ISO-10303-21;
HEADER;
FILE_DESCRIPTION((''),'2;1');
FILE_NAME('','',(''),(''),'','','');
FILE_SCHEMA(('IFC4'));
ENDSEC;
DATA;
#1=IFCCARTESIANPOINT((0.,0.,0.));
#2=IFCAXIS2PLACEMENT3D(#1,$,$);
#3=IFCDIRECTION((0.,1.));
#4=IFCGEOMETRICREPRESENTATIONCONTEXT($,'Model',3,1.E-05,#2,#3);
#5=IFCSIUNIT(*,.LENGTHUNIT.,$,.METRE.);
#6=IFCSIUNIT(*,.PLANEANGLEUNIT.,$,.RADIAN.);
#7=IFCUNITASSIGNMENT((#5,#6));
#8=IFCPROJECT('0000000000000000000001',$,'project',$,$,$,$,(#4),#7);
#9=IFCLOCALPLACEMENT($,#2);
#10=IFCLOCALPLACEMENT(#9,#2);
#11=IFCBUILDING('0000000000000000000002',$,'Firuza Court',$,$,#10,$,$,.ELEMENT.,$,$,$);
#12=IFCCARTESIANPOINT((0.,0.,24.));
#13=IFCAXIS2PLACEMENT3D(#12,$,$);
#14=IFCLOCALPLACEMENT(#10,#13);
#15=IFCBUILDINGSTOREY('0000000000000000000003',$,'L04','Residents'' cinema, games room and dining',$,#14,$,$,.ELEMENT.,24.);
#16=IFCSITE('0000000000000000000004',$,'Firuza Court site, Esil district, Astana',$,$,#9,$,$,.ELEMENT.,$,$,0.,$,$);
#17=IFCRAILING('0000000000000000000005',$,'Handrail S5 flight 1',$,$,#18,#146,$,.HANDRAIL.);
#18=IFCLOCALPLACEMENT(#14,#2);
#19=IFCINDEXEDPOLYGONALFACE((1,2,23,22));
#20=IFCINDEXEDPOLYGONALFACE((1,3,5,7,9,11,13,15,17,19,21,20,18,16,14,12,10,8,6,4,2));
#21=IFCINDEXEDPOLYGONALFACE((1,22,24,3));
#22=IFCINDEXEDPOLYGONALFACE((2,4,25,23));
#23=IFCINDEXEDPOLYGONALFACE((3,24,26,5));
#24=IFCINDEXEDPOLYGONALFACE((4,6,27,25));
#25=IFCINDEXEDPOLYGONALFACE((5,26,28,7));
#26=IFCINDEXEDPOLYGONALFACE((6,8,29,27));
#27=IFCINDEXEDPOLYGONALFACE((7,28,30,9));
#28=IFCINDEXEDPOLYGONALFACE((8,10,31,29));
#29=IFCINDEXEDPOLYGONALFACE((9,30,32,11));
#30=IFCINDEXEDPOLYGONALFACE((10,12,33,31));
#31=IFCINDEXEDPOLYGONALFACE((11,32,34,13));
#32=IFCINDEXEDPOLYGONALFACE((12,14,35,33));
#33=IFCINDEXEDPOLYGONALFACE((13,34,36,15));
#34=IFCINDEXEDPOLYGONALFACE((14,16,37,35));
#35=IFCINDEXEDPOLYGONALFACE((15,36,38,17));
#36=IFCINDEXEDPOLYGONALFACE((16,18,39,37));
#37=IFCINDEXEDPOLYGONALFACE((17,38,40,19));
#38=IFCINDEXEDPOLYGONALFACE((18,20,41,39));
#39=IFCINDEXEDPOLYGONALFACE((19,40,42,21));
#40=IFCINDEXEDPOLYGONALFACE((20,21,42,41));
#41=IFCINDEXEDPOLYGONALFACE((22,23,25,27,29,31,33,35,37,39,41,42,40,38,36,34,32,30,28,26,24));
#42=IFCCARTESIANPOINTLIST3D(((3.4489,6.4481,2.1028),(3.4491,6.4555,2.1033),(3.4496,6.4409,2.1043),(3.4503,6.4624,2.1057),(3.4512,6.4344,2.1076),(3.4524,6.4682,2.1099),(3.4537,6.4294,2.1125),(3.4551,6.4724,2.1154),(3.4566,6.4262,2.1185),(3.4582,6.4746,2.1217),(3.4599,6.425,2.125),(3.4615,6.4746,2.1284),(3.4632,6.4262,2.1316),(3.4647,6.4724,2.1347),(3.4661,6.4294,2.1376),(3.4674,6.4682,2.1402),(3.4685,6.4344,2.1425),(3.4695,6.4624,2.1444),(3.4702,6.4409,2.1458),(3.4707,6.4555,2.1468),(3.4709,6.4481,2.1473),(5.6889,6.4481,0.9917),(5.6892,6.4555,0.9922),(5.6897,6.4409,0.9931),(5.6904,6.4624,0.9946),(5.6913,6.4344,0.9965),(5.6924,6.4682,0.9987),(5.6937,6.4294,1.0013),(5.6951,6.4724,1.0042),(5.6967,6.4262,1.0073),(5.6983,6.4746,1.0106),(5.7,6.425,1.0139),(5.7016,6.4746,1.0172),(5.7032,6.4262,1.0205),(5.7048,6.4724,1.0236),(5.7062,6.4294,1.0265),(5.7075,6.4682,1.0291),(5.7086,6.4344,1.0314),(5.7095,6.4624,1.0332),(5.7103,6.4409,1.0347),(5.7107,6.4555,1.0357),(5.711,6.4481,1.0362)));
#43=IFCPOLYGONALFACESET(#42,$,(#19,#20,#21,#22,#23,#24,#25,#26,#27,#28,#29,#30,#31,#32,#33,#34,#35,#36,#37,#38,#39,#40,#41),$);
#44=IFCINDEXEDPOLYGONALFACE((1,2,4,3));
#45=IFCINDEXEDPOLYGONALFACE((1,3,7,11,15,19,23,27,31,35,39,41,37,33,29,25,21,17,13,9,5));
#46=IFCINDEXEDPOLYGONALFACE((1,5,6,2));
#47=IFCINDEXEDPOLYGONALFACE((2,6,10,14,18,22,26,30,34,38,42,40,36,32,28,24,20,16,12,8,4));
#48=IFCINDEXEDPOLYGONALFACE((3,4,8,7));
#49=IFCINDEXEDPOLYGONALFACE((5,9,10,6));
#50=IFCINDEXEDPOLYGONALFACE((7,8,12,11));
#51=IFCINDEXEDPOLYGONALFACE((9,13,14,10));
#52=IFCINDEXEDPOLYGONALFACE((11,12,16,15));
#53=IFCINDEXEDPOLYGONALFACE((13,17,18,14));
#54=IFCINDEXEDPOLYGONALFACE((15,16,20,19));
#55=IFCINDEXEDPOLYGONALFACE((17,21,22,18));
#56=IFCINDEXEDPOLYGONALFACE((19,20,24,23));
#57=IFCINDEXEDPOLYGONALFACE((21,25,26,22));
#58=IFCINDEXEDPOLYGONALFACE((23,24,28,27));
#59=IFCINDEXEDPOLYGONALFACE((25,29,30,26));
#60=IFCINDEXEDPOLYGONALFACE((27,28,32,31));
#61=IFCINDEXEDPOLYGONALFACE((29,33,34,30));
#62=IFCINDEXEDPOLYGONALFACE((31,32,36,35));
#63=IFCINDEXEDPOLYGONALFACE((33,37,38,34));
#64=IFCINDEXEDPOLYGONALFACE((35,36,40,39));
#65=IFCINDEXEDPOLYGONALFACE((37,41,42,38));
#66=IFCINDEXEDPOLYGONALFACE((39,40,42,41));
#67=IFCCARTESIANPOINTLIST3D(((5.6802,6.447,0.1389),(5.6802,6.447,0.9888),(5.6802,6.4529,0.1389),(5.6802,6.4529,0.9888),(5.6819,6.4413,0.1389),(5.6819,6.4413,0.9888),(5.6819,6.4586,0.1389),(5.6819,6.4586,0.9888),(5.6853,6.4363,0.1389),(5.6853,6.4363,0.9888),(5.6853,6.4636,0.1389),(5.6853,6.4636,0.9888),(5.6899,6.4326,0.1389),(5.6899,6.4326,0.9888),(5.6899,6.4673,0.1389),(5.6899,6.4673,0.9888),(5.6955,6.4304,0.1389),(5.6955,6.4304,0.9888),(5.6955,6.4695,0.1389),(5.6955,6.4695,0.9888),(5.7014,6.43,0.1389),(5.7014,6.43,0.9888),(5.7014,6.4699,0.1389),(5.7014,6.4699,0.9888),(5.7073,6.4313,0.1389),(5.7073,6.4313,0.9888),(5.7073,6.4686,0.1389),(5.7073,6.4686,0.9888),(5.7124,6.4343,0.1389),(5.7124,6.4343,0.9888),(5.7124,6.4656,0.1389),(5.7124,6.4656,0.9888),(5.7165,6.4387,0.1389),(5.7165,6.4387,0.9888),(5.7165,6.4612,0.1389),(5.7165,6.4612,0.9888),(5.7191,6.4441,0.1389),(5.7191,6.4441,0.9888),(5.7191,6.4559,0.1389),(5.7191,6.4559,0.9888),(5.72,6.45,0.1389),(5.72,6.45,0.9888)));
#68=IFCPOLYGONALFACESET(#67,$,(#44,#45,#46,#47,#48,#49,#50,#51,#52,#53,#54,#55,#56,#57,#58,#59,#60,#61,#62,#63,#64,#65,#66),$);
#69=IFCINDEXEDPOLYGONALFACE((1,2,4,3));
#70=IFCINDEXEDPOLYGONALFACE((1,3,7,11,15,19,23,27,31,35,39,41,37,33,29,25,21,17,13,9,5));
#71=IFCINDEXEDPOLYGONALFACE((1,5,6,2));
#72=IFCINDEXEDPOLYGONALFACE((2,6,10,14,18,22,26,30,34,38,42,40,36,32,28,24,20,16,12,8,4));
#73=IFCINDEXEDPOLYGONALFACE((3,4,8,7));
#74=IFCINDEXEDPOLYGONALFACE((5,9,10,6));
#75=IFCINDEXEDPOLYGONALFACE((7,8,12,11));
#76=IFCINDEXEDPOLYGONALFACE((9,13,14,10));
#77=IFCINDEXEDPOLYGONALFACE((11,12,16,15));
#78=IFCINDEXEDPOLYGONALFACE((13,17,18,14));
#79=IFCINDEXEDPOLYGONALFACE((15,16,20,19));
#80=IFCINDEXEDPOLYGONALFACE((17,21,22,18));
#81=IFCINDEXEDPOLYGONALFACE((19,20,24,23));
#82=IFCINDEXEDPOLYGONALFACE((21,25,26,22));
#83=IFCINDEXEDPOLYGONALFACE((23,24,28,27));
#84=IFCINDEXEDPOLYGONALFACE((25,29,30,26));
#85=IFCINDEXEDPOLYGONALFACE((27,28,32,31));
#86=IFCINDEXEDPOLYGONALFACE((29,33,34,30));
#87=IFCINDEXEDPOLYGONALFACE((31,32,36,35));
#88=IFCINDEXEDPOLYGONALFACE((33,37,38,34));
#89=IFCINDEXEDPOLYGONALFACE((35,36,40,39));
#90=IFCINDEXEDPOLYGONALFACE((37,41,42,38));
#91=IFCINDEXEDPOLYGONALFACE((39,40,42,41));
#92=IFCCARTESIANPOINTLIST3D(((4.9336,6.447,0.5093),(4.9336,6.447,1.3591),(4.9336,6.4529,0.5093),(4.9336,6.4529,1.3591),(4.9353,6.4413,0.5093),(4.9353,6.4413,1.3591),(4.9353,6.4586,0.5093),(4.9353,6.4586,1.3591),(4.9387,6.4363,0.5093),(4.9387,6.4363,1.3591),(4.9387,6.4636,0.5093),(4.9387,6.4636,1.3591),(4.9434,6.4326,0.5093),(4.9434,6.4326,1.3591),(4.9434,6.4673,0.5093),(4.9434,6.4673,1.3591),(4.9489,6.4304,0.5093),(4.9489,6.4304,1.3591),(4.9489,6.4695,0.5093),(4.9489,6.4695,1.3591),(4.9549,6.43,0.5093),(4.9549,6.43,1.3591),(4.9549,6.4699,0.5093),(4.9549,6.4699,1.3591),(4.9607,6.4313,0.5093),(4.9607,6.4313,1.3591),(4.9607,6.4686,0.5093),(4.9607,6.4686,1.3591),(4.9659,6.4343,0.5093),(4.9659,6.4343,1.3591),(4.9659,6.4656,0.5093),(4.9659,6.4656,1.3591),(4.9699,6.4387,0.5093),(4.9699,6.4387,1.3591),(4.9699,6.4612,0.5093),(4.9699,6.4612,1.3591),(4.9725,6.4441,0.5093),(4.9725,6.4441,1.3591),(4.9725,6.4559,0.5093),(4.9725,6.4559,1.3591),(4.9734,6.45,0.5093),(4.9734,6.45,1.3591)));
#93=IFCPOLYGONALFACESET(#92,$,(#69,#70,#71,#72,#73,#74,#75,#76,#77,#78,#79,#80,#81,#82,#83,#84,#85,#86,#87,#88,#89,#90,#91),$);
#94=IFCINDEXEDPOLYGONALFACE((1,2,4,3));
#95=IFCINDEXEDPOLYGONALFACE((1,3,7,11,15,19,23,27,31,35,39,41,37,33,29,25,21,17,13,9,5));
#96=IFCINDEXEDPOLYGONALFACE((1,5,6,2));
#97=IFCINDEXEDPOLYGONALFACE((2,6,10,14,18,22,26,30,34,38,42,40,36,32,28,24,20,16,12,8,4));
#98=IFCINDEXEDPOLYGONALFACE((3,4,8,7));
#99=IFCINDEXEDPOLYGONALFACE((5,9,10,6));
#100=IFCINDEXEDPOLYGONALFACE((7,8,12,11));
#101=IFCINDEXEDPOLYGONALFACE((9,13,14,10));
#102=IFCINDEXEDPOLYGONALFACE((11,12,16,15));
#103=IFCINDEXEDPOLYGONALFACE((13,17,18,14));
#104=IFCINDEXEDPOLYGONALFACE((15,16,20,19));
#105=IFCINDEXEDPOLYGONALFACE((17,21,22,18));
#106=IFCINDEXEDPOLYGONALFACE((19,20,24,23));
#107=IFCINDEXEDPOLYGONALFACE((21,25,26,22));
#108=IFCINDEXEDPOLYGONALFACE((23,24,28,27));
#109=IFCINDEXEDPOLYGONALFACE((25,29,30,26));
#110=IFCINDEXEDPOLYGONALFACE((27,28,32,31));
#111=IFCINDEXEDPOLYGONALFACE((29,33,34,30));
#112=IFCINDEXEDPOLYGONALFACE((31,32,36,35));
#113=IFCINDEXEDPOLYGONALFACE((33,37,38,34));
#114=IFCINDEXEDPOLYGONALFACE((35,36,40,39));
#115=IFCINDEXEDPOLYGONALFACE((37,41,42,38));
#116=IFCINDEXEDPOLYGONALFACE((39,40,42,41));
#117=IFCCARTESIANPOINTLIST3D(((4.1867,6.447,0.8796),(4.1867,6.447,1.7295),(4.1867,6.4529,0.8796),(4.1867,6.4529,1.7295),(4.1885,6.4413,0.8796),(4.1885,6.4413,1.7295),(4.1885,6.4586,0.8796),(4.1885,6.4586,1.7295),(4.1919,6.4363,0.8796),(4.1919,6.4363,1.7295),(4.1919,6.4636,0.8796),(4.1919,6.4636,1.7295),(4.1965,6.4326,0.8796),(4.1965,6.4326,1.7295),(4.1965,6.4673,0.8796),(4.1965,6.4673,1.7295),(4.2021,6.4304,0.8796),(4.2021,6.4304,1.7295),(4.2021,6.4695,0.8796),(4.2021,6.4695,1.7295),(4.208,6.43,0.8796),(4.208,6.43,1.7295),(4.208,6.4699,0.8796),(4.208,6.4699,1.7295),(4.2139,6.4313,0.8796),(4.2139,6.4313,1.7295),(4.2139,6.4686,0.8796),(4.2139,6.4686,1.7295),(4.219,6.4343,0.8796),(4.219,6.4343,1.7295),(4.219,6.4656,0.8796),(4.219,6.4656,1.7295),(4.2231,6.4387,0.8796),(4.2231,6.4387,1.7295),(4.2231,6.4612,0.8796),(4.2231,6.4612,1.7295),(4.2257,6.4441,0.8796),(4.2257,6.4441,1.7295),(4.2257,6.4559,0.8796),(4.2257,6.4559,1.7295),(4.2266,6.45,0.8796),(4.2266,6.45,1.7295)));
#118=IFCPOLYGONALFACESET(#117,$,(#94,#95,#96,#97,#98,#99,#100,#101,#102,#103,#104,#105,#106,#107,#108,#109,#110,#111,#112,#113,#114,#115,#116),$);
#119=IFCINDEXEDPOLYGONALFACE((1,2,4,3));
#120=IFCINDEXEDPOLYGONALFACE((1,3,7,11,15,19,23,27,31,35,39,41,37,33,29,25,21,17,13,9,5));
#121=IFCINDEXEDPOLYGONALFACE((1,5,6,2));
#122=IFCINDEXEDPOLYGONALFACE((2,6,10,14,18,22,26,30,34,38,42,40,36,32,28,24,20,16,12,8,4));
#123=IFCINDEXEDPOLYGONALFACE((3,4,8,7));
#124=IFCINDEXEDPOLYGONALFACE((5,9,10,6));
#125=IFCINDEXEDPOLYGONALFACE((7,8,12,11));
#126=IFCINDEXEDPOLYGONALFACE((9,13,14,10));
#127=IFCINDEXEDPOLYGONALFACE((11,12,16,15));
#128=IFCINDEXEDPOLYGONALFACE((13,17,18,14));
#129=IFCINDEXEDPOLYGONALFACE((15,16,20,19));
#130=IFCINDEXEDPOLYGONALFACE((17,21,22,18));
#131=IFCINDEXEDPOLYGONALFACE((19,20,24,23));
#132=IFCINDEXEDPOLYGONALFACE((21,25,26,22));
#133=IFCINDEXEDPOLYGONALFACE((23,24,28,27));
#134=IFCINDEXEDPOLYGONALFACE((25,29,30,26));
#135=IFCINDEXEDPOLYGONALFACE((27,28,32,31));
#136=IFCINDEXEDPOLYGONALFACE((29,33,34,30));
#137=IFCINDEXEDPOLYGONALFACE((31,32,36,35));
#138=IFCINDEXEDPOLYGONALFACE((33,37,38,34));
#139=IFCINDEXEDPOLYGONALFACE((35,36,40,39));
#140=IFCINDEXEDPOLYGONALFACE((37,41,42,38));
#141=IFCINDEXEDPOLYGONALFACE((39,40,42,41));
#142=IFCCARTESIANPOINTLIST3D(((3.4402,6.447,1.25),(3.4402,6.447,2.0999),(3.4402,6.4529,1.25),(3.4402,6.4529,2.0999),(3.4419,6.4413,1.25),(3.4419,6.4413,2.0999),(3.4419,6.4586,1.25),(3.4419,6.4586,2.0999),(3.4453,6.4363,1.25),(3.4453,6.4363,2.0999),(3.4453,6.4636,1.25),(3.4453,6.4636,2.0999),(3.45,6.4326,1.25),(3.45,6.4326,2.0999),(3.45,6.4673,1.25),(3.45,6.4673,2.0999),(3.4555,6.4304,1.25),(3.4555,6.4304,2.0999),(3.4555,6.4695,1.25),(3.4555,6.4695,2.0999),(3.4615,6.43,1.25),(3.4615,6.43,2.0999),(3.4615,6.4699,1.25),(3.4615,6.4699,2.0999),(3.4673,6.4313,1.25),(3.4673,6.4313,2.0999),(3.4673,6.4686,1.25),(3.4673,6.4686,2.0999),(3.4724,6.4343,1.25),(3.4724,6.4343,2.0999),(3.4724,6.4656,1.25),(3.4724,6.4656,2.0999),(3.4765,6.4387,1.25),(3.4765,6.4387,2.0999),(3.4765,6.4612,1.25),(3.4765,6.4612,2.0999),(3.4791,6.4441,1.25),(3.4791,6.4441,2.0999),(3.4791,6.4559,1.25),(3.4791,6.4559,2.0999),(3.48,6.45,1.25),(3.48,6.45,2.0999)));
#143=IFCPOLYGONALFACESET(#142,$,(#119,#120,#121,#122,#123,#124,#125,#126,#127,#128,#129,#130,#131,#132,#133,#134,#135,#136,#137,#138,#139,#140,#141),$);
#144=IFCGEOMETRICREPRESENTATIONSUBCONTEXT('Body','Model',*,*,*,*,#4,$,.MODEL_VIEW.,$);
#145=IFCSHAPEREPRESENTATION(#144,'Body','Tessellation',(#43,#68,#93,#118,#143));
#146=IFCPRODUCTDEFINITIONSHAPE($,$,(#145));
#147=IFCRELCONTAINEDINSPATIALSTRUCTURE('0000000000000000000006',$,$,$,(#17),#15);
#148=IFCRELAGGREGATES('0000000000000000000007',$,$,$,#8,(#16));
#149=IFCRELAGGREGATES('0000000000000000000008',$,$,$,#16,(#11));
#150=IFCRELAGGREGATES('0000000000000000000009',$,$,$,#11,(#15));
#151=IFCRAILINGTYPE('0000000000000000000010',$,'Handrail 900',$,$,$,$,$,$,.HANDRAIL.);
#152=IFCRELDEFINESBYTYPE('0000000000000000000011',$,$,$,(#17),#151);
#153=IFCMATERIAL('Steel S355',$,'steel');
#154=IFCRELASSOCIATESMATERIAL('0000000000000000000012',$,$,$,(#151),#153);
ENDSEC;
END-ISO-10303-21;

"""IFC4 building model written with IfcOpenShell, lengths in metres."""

from ifc_helpers import new_model, si_unit, direction, frame, origin, origin_2d, place, context, subcontext, project, spatial, circle, extrude, material, type_object, element, save


model = new_model("IFC4")

# Units and contexts
model_context = context("Model", 3, precision=1e-05, world=origin(), true_north=direction((0.0, 1.0)))
body_context = subcontext(model_context, "Body", "Model", "MODEL_VIEW")
ifc_project = project(units=[si_unit("LENGTHUNIT", "METRE"), si_unit("PLANEANGLEUNIT", "RADIAN")], contexts=[model_context])

# Site, building, storey
site_placement = place(None, origin())
site = spatial("IfcSite", under=ifc_project, at=site_placement, Name="Firuza Court site, Esil district, Astana", CompositionType="ELEMENT", RefElevation=0.0)
building_placement = place(site_placement, origin())
building = spatial("IfcBuilding", under=site, at=building_placement, Name="Firuza Court", CompositionType="ELEMENT")
storey_placement = place(building_placement, frame((0.0, 0.0, 24.0)))
storey = spatial("IfcBuildingStorey", under=building, at=storey_placement, Name="L04", Description="Residents' cinema, games room and dining", CompositionType="ELEMENT", Elevation=24.0)

# Railing
ifc_material_1 = material(Name="Steel S355", Category="steel")
railing_type = type_object("IfcRailingType", Name="Handrail 900", PredefinedType="HANDRAIL", material=ifc_material_1)
railing_placement = place(storey_placement, frame((5.7, 6.45, 0.1389)))
element("IfcRailing", 1, at=railing_placement, inside=storey, type_object=railing_type, Name="Handrail S5 flight 1", PredefinedType="HANDRAIL", context=body_context, shape_type="SweptSolid", body=[
    extrude(circle(Radius=0.0249, at=origin_2d()), frame((0.0, 0.0, 0.875), z_axis=(-0.895848, 0.0, 0.44436), x_axis=(0.0, -1.0, 0.0)), (0.0, 0.0, 1.0), 2.5005),
    extrude(circle(Radius=0.02, at=origin_2d()), origin(), (0.0, 0.0, 1.0), 0.8499),
    extrude(circle(Radius=0.02, at=origin_2d()), frame((-0.7466, 0.0, 0.3704)), (0.0, 0.0, 1.0), 0.8499),
    extrude(circle(Radius=0.02, at=origin_2d()), frame((-1.4934, 0.0, 0.7407)), (0.0, 0.0, 1.0), 0.8499),
    extrude(circle(Radius=0.02, at=origin_2d()), frame((-2.24, 0.0, 1.1111)), (0.0, 0.0, 1.0), 0.8499),
])

save(model, "model.ifc")
